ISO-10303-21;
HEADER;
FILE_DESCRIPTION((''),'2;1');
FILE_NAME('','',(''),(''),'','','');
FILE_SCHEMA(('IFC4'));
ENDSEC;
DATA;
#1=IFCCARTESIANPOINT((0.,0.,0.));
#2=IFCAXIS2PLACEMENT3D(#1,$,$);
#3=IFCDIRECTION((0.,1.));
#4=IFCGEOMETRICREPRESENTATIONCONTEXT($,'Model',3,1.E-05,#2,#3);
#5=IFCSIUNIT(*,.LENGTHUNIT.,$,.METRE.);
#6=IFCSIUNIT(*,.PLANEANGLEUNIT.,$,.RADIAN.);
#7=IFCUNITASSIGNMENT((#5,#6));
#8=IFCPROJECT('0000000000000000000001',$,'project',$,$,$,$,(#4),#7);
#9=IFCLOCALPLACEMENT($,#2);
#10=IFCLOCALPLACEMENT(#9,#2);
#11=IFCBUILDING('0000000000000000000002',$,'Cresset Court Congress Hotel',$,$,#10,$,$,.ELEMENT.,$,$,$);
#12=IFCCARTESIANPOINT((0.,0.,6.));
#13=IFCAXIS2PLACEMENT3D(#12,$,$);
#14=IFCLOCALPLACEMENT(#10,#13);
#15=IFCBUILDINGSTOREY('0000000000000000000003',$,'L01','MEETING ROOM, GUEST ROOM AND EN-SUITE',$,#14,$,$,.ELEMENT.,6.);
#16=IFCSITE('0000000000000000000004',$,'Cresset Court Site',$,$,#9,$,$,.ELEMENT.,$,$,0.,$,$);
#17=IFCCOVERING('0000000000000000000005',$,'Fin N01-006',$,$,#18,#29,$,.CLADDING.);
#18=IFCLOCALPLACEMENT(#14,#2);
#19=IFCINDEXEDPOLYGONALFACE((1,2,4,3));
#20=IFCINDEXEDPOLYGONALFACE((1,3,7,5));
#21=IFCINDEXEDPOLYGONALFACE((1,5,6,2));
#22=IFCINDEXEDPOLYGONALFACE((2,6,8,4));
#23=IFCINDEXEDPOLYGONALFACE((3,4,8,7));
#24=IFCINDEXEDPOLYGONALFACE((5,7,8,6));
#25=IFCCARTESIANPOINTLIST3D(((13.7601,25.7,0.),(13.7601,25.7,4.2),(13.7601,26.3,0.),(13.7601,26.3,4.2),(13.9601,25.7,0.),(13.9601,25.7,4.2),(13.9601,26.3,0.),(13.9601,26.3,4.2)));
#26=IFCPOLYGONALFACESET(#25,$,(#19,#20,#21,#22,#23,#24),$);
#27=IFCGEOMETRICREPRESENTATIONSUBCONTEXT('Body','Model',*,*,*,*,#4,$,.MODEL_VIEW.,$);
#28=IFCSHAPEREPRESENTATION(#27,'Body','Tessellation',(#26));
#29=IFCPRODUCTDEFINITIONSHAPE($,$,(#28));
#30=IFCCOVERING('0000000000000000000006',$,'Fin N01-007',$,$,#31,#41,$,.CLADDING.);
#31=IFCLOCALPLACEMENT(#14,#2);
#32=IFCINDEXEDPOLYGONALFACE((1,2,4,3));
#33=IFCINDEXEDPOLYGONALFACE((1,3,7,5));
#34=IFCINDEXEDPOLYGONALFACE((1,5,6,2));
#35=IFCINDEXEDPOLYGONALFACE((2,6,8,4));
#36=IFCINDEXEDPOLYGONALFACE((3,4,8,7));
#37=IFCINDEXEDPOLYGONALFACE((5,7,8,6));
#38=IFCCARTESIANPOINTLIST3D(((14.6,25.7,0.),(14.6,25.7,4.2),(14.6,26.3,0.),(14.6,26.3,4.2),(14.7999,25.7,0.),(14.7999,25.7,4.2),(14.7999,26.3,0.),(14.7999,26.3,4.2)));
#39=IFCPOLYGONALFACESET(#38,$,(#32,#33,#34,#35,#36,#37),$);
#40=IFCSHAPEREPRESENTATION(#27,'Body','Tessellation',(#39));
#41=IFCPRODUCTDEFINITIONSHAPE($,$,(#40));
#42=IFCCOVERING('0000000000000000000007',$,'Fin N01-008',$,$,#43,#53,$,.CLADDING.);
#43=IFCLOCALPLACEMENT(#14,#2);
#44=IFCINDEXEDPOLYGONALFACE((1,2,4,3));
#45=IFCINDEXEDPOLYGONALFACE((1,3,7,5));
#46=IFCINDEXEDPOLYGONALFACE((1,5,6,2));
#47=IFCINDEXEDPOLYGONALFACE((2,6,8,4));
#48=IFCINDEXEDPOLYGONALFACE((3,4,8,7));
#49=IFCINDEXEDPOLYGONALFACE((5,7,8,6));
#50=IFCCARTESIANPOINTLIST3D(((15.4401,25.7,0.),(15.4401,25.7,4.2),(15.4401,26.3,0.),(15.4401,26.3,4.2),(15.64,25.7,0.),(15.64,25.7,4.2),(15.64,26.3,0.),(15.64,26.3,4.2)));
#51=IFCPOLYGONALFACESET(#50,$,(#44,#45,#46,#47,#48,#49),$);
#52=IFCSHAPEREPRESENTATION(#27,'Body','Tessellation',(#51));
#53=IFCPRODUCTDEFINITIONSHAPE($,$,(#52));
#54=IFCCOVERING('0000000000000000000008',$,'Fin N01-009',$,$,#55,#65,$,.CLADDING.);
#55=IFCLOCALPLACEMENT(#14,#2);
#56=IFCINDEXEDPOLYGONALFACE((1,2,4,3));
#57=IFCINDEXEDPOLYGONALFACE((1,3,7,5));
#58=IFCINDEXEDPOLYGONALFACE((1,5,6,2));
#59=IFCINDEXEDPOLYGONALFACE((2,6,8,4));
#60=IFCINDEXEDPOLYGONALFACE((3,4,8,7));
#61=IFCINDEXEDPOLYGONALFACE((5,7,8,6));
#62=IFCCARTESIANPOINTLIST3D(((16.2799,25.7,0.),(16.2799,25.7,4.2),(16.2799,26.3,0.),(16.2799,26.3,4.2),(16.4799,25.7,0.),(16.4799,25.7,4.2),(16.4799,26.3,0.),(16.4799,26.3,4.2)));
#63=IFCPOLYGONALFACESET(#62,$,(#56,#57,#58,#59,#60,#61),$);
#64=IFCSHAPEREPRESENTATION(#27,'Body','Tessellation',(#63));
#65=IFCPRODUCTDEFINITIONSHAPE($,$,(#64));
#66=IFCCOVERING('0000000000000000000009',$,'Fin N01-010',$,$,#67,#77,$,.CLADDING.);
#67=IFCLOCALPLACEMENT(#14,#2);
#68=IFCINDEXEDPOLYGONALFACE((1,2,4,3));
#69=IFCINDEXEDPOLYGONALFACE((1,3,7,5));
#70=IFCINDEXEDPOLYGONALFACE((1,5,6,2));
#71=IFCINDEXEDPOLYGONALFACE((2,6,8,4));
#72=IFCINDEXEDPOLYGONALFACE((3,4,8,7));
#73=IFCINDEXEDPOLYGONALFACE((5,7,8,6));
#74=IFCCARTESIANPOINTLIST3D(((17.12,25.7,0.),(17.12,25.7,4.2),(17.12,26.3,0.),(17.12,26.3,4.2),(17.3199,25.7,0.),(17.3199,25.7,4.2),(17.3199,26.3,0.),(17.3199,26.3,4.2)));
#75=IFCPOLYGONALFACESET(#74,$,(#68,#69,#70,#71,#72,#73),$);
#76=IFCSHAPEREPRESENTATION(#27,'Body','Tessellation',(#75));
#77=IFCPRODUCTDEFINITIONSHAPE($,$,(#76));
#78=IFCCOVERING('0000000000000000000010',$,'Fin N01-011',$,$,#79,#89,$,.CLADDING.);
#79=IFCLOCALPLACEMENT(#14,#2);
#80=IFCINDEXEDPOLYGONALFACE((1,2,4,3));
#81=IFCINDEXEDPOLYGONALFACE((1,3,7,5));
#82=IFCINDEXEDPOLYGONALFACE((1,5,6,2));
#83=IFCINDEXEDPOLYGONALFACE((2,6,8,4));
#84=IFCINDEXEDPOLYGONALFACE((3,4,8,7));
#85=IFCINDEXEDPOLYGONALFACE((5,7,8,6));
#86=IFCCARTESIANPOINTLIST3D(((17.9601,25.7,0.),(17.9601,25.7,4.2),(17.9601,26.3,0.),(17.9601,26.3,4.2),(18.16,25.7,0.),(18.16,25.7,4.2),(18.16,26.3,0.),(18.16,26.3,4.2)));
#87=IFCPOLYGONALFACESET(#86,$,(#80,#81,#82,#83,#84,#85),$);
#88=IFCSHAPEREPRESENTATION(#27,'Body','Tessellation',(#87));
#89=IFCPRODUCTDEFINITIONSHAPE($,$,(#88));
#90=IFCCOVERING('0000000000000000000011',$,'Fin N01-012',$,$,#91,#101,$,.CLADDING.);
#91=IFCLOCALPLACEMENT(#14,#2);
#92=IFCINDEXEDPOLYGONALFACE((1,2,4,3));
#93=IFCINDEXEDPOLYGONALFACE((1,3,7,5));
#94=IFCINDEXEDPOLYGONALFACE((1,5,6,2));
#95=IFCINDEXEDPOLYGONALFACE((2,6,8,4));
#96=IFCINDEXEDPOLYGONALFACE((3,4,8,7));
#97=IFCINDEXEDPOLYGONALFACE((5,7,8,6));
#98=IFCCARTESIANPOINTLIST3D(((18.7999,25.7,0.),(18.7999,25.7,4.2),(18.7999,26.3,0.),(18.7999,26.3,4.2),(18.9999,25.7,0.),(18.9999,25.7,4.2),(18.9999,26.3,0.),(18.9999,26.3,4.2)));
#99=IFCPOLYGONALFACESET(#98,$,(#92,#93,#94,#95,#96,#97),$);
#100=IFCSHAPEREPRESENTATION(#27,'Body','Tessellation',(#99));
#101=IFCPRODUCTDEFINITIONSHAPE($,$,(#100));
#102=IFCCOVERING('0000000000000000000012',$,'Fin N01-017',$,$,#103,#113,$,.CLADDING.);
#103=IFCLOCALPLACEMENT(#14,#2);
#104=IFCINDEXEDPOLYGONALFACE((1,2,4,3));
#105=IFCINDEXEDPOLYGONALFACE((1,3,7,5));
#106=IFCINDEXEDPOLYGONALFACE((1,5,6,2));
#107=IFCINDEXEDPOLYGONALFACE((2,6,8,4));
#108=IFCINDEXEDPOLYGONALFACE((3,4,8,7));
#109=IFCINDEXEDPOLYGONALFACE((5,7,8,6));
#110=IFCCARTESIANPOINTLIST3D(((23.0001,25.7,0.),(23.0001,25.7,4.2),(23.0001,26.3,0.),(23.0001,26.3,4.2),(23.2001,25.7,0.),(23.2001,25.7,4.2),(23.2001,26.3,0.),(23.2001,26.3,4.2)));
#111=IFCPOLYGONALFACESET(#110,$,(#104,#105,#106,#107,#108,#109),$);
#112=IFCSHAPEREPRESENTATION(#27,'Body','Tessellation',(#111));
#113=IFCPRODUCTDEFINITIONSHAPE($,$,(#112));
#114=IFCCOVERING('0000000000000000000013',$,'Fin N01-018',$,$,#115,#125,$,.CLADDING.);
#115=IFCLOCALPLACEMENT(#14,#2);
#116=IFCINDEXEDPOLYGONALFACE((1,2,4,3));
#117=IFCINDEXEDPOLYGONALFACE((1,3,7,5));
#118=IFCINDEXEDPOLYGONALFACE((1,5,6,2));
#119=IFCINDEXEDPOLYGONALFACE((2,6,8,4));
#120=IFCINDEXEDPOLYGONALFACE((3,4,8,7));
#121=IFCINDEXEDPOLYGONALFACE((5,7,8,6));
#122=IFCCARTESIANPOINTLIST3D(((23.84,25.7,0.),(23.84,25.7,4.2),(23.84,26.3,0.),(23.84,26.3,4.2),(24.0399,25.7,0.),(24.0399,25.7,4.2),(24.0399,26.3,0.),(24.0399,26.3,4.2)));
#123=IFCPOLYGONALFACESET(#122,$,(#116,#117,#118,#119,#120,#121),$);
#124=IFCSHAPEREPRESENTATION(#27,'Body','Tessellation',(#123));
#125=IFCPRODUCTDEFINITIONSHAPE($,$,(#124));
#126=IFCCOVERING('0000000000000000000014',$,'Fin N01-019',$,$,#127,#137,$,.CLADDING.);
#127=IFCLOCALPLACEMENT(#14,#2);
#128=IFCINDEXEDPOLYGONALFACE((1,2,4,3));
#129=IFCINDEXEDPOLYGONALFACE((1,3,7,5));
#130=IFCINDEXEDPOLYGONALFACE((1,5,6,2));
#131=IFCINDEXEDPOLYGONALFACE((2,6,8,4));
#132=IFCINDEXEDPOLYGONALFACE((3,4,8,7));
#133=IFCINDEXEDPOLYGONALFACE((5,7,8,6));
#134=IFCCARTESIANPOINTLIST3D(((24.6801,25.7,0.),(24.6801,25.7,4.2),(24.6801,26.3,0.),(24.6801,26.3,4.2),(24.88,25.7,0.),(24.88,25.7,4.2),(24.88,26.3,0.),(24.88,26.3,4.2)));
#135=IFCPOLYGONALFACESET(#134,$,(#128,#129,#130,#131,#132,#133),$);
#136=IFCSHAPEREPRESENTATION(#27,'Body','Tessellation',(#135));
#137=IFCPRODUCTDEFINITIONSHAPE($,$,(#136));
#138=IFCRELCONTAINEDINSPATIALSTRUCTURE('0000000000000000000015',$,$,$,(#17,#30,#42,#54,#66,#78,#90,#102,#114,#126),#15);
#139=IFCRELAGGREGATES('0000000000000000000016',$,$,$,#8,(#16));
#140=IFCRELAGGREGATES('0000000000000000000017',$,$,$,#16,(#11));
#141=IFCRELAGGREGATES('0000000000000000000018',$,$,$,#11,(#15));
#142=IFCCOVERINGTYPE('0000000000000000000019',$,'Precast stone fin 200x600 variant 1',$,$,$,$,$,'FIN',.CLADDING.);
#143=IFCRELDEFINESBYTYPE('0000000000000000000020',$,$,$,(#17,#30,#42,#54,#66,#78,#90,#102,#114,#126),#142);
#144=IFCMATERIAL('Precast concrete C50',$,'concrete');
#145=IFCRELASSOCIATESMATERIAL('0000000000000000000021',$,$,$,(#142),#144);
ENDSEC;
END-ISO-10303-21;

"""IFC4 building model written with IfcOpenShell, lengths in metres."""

from ifc_helpers import new_model, si_unit, direction, frame, origin, origin_2d, place, context, subcontext, project, spatial, rectangle, extrude, material, type_object, element, save


model = new_model("IFC4")

# Units and contexts
model_context = context("Model", 3, precision=1e-05, world=origin(), true_north=direction((0.0, 1.0)))
body_context = subcontext(model_context, "Body", "Model", "MODEL_VIEW")
ifc_project = project(units=[si_unit("LENGTHUNIT", "METRE"), si_unit("PLANEANGLEUNIT", "RADIAN")], contexts=[model_context])

# Site, building, storey
site_placement = place(None, origin())
site = spatial("IfcSite", under=ifc_project, at=site_placement, Name="Cresset Court Site", CompositionType="ELEMENT", RefElevation=0.0)
building_placement = place(site_placement, origin())
building = spatial("IfcBuilding", under=site, at=building_placement, Name="Cresset Court Congress Hotel", CompositionType="ELEMENT")
storey_placement = place(building_placement, frame((0.0, 0.0, 6.0)))
storey = spatial("IfcBuildingStorey", under=building, at=storey_placement, Name="L01", Description="MEETING ROOM, GUEST ROOM AND EN-SUITE", CompositionType="ELEMENT", Elevation=6.0)

# Coverings
ifc_material_1 = material(Name="Precast concrete C50", Category="concrete")
covering_type = type_object("IfcCoveringType", Name="Precast stone fin 200x600 variant 1", ElementType="FIN", PredefinedType="CLADDING", material=ifc_material_1)
for number, where, z_axis, x_axis, name in (
    (1, (13.8601, 26.0, 0.0), (0.0, 0.0, 1.0), (1.0, 0.0, 0.0), "Fin N01-006"),
    (2, (14.7, 26.0, 0.0), (0.0, 0.0, 1.0), (1.0, 0.0, 0.0), "Fin N01-007"),
    (3, (15.54, 26.0, 0.0), (0.0, 0.0, 1.0), (1.0, 0.0, 0.0), "Fin N01-008"),
    (4, (16.3799, 26.0, 0.0), (0.0, 0.0, 1.0), (1.0, 0.0, 0.0), "Fin N01-009"),
    (5, (17.22, 26.0, 0.0), (0.0, 0.0, 1.0), (1.0, 0.0, 0.0), "Fin N01-010"),
    (6, (18.0601, 26.0, 0.0), (0.0, 0.0, 1.0), (1.0, 0.0, 0.0), "Fin N01-011"),
    (7, (18.8999, 26.0, 0.0), (0.0, 0.0, 1.0), (1.0, 0.0, 0.0), "Fin N01-012"),
    (8, (23.1001, 26.0, 0.0), (0.0, 0.0, 1.0), (1.0, 0.0, 0.0), "Fin N01-017"),
    (9, (23.9399, 26.0, 0.0), (0.0, 0.0, 1.0), (1.0, 0.0, 0.0), "Fin N01-018"),
    (10, (24.78, 26.0, 0.0), (0.0, 0.0, 1.0), (1.0, 0.0, 0.0), "Fin N01-019"),
):
    element("IfcCovering", number, at=place(storey_placement, frame(where, z_axis=z_axis, x_axis=x_axis)), inside=storey, type_object=covering_type, Name=name, PredefinedType="CLADDING", context=body_context, shape_type="SweptSolid", body=[
        extrude(rectangle(XDim=0.2, YDim=0.6001, at=origin_2d()), origin(), (0.0, 0.0, 1.0), 4.2),
    ])

save(model, "model.ifc")
